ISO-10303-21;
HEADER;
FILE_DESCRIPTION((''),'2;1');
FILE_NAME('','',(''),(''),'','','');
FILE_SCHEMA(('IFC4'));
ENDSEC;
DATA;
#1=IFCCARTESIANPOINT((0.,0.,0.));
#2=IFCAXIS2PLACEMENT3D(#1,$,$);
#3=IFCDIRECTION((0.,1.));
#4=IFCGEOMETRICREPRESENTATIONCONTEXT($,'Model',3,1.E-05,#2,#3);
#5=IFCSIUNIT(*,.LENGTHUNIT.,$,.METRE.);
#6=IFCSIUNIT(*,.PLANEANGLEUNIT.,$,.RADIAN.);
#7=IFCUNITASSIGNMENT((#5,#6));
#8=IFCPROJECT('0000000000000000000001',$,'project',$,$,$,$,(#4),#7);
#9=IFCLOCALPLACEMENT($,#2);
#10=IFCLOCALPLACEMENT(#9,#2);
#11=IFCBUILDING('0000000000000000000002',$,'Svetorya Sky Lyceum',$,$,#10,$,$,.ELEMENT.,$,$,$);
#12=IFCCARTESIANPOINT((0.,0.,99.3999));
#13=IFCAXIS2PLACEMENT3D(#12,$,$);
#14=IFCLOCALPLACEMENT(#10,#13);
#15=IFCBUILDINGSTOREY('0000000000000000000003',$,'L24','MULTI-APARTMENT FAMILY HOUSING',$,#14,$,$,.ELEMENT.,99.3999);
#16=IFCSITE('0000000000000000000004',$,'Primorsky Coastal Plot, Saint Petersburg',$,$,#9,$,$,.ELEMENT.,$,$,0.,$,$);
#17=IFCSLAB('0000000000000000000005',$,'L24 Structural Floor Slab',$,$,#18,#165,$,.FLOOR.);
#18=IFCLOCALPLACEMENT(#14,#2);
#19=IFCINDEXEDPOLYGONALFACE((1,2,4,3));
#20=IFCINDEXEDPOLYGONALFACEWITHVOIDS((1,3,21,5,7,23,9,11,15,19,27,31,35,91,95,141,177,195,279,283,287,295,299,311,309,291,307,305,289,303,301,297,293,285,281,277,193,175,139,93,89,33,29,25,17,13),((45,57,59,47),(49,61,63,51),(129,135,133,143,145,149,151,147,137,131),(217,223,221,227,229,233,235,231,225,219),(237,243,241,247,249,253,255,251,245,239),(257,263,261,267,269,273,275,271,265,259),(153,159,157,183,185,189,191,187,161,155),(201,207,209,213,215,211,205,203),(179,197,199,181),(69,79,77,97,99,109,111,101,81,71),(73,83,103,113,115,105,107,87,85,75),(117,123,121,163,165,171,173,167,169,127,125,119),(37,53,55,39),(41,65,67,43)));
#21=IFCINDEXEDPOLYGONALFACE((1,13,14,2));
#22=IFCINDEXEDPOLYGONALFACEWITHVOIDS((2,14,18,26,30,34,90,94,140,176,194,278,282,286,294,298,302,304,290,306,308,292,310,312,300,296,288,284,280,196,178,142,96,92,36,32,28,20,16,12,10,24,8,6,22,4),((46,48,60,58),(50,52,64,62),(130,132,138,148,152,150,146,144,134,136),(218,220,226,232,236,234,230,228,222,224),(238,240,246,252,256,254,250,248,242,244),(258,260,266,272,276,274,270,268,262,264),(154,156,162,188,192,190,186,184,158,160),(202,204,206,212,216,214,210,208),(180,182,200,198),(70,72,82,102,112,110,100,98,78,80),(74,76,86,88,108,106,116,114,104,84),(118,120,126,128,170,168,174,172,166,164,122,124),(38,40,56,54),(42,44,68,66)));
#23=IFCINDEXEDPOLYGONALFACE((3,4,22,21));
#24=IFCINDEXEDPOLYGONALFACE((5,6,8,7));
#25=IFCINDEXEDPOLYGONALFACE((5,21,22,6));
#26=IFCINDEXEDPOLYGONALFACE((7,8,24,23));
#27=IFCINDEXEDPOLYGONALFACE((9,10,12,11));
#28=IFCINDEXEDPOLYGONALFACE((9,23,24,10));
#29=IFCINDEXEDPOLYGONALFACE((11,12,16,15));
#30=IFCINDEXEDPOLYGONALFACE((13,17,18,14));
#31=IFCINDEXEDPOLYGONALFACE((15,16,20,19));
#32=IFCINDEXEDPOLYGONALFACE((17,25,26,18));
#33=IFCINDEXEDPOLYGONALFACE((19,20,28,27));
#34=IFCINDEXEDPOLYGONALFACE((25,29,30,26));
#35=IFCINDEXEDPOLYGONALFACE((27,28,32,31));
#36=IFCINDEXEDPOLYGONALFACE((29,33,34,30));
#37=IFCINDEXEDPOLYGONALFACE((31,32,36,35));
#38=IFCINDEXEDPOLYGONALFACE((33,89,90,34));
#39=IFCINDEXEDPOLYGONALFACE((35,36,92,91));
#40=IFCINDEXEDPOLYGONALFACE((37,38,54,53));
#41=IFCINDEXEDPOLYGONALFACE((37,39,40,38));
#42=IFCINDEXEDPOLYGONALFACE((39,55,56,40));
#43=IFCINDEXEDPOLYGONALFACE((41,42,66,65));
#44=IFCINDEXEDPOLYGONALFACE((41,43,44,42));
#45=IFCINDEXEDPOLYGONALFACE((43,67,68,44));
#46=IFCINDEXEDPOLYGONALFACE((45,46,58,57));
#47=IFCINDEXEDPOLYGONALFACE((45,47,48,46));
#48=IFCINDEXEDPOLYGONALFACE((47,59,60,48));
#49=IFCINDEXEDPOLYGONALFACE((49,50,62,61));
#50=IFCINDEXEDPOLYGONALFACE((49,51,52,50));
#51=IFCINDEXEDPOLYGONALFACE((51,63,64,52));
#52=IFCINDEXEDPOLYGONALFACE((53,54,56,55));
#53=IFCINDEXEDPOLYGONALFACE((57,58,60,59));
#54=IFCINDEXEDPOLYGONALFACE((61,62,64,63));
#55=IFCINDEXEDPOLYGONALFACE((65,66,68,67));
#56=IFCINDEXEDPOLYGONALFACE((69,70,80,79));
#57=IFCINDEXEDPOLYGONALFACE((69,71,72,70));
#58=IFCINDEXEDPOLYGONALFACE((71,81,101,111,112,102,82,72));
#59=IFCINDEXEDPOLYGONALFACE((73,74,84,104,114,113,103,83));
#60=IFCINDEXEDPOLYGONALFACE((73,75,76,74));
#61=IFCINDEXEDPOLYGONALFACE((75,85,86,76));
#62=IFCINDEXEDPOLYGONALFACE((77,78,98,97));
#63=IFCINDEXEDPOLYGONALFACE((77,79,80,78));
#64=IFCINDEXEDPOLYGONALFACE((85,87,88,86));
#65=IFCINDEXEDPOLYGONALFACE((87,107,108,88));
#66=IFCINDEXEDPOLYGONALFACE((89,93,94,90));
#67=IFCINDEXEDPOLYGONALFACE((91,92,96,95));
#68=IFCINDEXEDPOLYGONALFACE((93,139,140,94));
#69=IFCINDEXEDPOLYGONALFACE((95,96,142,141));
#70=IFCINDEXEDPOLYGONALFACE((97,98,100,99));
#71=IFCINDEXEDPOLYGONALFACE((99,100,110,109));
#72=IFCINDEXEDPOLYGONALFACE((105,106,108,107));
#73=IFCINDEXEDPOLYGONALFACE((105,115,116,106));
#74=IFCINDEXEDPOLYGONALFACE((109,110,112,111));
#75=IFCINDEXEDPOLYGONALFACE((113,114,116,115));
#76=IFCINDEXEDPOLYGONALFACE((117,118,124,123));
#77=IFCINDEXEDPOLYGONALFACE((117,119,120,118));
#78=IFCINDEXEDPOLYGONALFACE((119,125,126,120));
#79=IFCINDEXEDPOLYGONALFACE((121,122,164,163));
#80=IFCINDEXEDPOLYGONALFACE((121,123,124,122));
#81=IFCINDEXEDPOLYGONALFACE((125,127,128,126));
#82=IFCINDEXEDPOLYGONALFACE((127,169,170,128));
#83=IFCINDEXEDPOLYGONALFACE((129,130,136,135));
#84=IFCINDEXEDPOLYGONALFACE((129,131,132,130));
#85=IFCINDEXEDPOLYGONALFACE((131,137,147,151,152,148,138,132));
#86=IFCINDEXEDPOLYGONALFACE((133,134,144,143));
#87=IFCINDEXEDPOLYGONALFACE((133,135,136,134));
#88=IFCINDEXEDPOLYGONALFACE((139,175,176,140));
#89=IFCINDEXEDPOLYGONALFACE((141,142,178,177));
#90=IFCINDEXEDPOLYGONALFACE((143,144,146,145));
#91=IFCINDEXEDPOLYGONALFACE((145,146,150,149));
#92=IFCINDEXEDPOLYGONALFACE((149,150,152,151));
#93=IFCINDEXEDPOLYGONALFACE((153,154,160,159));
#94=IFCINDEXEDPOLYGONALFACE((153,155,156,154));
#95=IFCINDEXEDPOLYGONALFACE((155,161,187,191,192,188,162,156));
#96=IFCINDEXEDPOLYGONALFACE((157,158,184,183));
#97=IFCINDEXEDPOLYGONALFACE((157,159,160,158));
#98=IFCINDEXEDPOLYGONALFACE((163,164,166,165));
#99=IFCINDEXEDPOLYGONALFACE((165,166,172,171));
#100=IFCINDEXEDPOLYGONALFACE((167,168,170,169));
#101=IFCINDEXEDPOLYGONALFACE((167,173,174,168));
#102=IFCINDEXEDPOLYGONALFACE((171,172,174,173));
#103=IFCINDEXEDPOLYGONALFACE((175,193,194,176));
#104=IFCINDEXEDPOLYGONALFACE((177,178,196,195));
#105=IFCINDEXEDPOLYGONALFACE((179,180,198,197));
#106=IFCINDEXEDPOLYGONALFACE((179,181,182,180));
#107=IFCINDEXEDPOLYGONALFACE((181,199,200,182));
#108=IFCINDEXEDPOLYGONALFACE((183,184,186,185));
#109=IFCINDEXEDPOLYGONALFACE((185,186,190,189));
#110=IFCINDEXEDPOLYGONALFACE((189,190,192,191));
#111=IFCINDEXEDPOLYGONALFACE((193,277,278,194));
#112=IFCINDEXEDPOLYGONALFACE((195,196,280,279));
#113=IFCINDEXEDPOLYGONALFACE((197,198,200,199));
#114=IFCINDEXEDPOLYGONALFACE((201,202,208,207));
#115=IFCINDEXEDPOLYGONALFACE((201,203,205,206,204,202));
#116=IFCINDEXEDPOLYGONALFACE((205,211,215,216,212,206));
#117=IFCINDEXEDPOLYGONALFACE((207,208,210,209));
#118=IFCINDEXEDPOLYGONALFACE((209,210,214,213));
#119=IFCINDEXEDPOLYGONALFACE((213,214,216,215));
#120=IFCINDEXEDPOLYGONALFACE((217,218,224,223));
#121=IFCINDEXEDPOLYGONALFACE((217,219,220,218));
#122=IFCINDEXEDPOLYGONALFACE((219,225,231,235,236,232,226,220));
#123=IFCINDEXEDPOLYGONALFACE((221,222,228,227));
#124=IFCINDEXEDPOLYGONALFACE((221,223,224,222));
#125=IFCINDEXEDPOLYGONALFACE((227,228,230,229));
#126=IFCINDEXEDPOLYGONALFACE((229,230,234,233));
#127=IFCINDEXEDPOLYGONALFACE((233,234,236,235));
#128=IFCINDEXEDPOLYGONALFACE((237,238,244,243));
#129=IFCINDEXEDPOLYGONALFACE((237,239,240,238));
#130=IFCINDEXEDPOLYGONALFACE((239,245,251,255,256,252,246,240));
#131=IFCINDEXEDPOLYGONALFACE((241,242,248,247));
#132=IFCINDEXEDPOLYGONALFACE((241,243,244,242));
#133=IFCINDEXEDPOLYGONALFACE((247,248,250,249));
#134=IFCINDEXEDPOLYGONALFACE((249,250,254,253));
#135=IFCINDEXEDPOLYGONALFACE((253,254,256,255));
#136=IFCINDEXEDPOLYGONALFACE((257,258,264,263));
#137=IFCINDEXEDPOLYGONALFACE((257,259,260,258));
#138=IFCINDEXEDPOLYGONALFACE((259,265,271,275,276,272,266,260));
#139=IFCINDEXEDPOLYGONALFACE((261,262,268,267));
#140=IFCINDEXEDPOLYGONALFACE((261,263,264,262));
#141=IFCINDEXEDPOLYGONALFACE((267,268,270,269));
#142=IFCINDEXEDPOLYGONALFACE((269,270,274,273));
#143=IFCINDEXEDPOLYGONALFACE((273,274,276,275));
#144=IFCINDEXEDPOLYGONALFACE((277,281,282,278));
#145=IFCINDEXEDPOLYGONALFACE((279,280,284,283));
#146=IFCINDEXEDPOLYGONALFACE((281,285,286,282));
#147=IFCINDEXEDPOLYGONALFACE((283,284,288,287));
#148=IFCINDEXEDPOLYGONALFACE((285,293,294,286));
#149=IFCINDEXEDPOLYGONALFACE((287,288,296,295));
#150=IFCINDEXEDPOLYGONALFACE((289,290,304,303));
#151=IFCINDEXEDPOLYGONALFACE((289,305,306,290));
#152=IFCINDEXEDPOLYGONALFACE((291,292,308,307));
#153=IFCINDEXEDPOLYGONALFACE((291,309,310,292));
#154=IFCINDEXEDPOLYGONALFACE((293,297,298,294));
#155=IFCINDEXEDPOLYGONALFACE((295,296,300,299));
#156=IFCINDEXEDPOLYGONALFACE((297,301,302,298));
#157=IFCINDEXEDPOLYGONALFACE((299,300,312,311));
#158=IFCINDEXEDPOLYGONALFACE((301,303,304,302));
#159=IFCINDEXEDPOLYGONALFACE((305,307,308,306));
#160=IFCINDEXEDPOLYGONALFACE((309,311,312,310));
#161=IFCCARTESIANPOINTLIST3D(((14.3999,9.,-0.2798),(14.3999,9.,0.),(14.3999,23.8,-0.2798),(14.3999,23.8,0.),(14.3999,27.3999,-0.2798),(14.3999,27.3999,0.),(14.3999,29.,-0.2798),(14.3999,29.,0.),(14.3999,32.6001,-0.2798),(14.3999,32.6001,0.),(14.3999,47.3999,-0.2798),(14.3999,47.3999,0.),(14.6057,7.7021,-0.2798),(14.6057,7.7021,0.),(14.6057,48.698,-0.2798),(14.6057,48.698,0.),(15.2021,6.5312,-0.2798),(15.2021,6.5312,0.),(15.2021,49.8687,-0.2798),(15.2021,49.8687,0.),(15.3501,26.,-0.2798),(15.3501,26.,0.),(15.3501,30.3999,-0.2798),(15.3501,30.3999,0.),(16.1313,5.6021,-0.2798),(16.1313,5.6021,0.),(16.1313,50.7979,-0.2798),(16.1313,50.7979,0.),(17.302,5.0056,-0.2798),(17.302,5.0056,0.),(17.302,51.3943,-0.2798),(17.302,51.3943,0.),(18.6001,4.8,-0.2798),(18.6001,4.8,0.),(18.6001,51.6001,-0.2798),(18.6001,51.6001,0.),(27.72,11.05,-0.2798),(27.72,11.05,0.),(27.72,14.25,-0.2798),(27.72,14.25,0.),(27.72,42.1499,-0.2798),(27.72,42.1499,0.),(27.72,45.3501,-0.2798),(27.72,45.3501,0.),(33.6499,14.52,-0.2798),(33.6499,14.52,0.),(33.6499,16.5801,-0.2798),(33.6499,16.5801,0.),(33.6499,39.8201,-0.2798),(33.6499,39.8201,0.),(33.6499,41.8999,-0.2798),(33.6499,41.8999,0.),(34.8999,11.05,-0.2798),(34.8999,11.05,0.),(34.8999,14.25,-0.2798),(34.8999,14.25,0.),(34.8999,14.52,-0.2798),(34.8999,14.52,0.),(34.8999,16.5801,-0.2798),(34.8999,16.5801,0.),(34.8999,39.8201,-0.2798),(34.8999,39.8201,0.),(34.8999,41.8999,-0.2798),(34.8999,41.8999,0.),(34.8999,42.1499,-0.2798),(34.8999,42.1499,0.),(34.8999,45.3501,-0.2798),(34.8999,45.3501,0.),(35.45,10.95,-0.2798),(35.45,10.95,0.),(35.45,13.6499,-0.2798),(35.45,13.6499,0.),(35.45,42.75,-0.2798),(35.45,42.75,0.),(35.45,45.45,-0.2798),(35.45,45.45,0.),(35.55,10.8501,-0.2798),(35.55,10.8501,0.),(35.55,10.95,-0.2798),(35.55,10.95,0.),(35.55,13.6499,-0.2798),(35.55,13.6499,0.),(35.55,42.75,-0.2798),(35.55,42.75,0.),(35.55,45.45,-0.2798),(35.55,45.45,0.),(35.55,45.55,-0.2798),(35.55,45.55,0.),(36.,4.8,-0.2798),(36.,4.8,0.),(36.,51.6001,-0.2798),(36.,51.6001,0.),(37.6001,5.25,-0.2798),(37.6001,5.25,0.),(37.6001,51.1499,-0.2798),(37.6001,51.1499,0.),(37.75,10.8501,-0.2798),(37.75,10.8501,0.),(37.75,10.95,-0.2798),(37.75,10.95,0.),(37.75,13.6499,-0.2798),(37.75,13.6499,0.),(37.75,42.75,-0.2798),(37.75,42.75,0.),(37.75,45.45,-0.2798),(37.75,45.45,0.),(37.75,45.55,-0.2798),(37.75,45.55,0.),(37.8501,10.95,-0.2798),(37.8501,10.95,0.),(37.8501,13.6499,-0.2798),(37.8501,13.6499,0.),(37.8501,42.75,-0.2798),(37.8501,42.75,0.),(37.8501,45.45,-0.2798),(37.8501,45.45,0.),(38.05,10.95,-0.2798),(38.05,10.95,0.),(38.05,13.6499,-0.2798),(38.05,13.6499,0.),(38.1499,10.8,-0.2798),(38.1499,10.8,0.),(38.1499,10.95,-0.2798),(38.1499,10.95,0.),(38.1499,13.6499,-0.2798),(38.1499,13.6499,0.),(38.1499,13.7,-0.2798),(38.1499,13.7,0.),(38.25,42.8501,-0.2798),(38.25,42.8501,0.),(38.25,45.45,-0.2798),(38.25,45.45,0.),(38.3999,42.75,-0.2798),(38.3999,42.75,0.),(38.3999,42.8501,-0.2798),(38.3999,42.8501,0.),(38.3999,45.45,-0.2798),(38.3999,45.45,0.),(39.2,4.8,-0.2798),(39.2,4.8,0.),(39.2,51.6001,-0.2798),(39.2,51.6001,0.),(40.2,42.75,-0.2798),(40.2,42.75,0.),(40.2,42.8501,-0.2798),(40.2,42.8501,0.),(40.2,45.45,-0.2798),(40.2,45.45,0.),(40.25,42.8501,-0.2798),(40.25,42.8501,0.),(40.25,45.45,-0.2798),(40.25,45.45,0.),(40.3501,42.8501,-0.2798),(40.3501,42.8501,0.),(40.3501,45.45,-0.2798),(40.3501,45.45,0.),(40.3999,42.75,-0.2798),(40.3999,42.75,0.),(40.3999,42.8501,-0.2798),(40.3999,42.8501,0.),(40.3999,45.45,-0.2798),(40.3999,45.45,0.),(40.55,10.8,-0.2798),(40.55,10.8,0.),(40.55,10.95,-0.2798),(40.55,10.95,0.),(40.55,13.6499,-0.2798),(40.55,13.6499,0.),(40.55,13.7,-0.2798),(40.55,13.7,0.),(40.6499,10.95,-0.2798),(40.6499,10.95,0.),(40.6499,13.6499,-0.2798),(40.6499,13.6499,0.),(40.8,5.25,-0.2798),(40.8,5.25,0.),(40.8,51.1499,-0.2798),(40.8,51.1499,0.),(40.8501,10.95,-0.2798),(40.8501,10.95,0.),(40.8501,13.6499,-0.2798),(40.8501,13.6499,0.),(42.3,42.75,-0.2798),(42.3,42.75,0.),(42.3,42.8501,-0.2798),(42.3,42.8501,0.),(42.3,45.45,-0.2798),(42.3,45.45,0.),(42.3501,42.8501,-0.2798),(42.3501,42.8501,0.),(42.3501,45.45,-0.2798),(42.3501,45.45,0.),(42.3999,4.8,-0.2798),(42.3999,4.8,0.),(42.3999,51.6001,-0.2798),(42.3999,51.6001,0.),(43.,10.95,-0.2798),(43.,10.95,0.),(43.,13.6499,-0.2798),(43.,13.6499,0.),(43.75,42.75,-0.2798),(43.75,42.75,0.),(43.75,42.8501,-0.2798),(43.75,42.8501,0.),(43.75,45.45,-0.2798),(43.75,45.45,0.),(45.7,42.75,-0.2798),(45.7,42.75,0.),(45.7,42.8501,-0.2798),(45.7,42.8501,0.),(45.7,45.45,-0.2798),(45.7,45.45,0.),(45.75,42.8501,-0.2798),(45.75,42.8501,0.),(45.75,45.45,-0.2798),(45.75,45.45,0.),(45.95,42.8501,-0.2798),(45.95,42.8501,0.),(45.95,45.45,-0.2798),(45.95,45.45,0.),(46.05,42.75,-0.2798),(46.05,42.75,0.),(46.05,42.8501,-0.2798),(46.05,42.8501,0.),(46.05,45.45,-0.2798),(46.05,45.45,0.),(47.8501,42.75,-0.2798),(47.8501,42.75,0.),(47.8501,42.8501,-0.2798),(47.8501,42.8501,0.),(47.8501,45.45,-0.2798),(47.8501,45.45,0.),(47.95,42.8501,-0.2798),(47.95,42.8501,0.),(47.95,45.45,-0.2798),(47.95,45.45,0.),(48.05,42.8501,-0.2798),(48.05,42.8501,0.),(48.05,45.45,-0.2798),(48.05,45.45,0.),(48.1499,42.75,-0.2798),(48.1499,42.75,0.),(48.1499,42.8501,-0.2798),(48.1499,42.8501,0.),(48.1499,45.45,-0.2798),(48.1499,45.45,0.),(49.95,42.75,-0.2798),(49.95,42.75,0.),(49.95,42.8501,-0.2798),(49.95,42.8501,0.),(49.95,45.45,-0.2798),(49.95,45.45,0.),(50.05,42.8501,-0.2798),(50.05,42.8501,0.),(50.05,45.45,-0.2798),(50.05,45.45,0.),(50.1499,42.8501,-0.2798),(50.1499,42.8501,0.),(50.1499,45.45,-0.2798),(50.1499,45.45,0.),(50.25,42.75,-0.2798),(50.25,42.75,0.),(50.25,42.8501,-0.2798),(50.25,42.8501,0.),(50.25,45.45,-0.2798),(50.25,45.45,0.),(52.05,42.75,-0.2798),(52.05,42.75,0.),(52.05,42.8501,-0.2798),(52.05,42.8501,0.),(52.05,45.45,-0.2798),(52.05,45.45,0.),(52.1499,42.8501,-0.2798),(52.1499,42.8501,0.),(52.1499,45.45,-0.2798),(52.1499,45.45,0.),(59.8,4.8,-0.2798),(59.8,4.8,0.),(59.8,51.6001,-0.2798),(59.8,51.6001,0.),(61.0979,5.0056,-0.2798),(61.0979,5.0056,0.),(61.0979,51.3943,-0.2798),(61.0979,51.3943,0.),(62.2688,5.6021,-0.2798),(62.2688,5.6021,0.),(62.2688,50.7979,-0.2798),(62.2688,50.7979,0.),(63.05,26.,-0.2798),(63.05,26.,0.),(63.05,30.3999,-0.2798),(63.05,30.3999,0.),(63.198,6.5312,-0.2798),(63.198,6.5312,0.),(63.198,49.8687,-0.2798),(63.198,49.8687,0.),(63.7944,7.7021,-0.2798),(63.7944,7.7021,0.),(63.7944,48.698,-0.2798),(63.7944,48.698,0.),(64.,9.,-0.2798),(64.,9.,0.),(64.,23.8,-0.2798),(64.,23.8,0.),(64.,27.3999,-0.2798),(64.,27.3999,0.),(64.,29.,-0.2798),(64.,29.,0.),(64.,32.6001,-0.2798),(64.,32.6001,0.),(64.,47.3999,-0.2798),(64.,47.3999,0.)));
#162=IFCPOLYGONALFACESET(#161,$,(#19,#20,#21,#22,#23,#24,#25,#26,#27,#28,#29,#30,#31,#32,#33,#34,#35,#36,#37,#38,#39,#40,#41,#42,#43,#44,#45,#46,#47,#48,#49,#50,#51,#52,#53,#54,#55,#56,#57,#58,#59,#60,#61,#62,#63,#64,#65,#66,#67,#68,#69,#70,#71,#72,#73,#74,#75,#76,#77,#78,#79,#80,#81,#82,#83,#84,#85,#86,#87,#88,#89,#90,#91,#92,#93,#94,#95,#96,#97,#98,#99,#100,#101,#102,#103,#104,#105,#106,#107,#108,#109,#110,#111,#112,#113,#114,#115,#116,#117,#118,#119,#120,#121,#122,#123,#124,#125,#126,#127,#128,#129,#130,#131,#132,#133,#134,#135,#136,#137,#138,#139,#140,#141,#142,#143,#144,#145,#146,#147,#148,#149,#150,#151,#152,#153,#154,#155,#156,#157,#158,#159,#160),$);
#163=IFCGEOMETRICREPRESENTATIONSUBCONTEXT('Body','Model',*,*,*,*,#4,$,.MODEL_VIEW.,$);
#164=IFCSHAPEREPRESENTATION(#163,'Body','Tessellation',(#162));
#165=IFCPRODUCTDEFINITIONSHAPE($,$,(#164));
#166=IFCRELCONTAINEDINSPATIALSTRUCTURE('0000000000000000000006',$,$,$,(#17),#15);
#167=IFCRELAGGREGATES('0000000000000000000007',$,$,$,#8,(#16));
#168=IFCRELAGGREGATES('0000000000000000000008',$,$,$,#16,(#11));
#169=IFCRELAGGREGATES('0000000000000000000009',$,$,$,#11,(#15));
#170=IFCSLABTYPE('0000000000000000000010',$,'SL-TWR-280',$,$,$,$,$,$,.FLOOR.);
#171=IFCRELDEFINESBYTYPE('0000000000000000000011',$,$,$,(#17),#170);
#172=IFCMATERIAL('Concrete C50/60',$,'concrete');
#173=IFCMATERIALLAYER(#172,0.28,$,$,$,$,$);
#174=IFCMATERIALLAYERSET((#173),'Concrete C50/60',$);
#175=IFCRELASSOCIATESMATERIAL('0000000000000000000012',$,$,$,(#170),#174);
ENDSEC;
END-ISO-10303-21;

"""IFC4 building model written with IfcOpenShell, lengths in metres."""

from ifc_helpers import new_model, si_unit, direction, frame, origin, place, context, subcontext, project, spatial, polyline, outline, extrude, material, layer, layer_set, type_object, element, save


model = new_model("IFC4")

# Units and contexts
model_context = context("Model", 3, precision=1e-05, world=origin(), true_north=direction((0.0, 1.0)))
body_context = subcontext(model_context, "Body", "Model", "MODEL_VIEW")
ifc_project = project(units=[si_unit("LENGTHUNIT", "METRE"), si_unit("PLANEANGLEUNIT", "RADIAN")], contexts=[model_context])

# Site, building, storey
site_placement = place(None, origin())
site = spatial("IfcSite", under=ifc_project, at=site_placement, Name="Primorsky Coastal Plot, Saint Petersburg", CompositionType="ELEMENT", RefElevation=0.0)
building_placement = place(site_placement, origin())
building = spatial("IfcBuilding", under=site, at=building_placement, Name="Svetorya Sky Lyceum", CompositionType="ELEMENT")
storey_placement = place(building_placement, frame((0.0, 0.0, 99.3999)))
storey = spatial("IfcBuildingStorey", under=building, at=storey_placement, Name="L24", Description="MULTI-APARTMENT FAMILY HOUSING", CompositionType="ELEMENT", Elevation=99.3999)

# Shared definitions
ifc_material_1 = material(Name="Concrete C50/60", Category="concrete")

# Slab
ifc_layer_1 = layer(ifc_material_1, 0.28)
ifc_layer_set_1 = layer_set([ifc_layer_1], Name="Concrete C50/60")
slab_type_1 = type_object("IfcSlabType", Name="SL-TWR-280", PredefinedType="FLOOR", material=ifc_layer_set_1)
slab_1_placement = place(storey_placement, frame((0.0, 0.0, -0.2798)))
element("IfcSlab", 1, at=slab_1_placement, inside=storey, type_object=slab_type_1, Name="L24 Structural Floor Slab", PredefinedType="FLOOR", context=body_context, shape_type="SweptSolid", body=[
    extrude(outline(polyline([(14.3999, 9.0), (14.6057, 7.7021), (15.2021, 6.5312), (16.1313, 5.6021), (17.302, 5.0056), (18.6001, 4.8), (36.0, 4.8), (37.6001, 5.25), (39.2, 4.8), (40.8, 5.25), (42.3999, 4.8), (59.8, 4.8), (61.0979, 5.0056), (62.2688, 5.6021), (63.198, 6.5312), (63.7944, 7.7021), (64.0, 9.0), (64.0, 23.8), (63.05, 26.0), (64.0, 27.3999), (64.0, 29.0), (63.05, 30.3999), (64.0, 32.6001), (64.0, 47.3999), (63.7944, 48.698), (63.198, 49.8687), (62.2688, 50.7979), (61.0979, 51.3943), (59.8, 51.6001), (42.3999, 51.6001), (40.8, 51.1499), (39.2, 51.6001), (37.6001, 51.1499), (36.0, 51.6001), (18.6001, 51.6001), (17.302, 51.3943), (16.1313, 50.7979), (15.2021, 49.8687), (14.6057, 48.698), (14.3999, 47.3999), (14.3999, 32.6001), (15.3501, 30.3999), (14.3999, 29.0), (14.3999, 27.3999), (15.3501, 26.0), (14.3999, 23.8), (14.3999, 9.0)]), holes=[polyline([(37.8501, 10.95), (37.75, 10.95), (37.75, 10.8501), (35.55, 10.8501), (35.55, 10.95), (35.45, 10.95), (35.45, 13.6499), (35.55, 13.6499), (37.75, 13.6499), (37.8501, 13.6499), (37.8501, 10.95)]), polyline([(40.6499, 13.6499), (40.6499, 10.95), (40.55, 10.95), (40.55, 10.8), (38.1499, 10.8), (38.1499, 10.95), (38.05, 10.95), (38.05, 13.6499), (38.1499, 13.6499), (38.1499, 13.7), (40.55, 13.7), (40.55, 13.6499), (40.6499, 13.6499)]), polyline([(27.72, 14.25), (34.8999, 14.25), (34.8999, 11.05), (27.72, 11.05), (27.72, 14.25)]), polyline([(33.6499, 14.52), (33.6499, 16.5801), (34.8999, 16.5801), (34.8999, 14.52), (33.6499, 14.52)]), polyline([(33.6499, 41.8999), (34.8999, 41.8999), (34.8999, 39.8201), (33.6499, 39.8201), (33.6499, 41.8999)]), polyline([(27.72, 45.3501), (34.8999, 45.3501), (34.8999, 42.1499), (27.72, 42.1499), (27.72, 45.3501)]), polyline([(37.75, 45.55), (37.75, 45.45), (37.8501, 45.45), (37.8501, 42.75), (37.75, 42.75), (35.55, 42.75), (35.45, 42.75), (35.45, 45.45), (35.55, 45.45), (35.55, 45.55), (37.75, 45.55)]), polyline([(38.3999, 42.8501), (38.25, 42.8501), (38.25, 45.45), (38.3999, 45.45), (40.2, 45.45), (40.25, 45.45), (40.25, 42.8501), (40.2, 42.8501), (40.2, 42.75), (38.3999, 42.75), (38.3999, 42.8501)]), polyline([(40.8501, 13.6499), (43.0, 13.6499), (43.0, 10.95), (40.8501, 10.95), (40.8501, 13.6499)]), polyline([(40.3999, 42.8501), (40.3501, 42.8501), (40.3501, 45.45), (40.3999, 45.45), (42.3, 45.45), (42.3501, 45.45), (42.3501, 42.8501), (42.3, 42.8501), (42.3, 42.75), (40.3999, 42.75), (40.3999, 42.8501)]), polyline([(43.75, 42.75), (43.75, 42.8501), (43.75, 45.45), (45.7, 45.45), (45.75, 45.45), (45.75, 42.8501), (45.7, 42.8501), (45.7, 42.75), (43.75, 42.75)]), polyline([(46.05, 42.8501), (45.95, 42.8501), (45.95, 45.45), (46.05, 45.45), (47.8501, 45.45), (47.95, 45.45), (47.95, 42.8501), (47.8501, 42.8501), (47.8501, 42.75), (46.05, 42.75), (46.05, 42.8501)]), polyline([(48.1499, 42.8501), (48.05, 42.8501), (48.05, 45.45), (48.1499, 45.45), (49.95, 45.45), (50.05, 45.45), (50.05, 42.8501), (49.95, 42.8501), (49.95, 42.75), (48.1499, 42.75), (48.1499, 42.8501)]), polyline([(52.1499, 42.8501), (52.05, 42.8501), (52.05, 42.75), (50.25, 42.75), (50.25, 42.8501), (50.1499, 42.8501), (50.1499, 45.45), (50.25, 45.45), (52.05, 45.45), (52.1499, 45.45), (52.1499, 42.8501)])]), origin(), (0.0, 0.0, 1.0), 0.2798),
])

save(model, "model.ifc")
